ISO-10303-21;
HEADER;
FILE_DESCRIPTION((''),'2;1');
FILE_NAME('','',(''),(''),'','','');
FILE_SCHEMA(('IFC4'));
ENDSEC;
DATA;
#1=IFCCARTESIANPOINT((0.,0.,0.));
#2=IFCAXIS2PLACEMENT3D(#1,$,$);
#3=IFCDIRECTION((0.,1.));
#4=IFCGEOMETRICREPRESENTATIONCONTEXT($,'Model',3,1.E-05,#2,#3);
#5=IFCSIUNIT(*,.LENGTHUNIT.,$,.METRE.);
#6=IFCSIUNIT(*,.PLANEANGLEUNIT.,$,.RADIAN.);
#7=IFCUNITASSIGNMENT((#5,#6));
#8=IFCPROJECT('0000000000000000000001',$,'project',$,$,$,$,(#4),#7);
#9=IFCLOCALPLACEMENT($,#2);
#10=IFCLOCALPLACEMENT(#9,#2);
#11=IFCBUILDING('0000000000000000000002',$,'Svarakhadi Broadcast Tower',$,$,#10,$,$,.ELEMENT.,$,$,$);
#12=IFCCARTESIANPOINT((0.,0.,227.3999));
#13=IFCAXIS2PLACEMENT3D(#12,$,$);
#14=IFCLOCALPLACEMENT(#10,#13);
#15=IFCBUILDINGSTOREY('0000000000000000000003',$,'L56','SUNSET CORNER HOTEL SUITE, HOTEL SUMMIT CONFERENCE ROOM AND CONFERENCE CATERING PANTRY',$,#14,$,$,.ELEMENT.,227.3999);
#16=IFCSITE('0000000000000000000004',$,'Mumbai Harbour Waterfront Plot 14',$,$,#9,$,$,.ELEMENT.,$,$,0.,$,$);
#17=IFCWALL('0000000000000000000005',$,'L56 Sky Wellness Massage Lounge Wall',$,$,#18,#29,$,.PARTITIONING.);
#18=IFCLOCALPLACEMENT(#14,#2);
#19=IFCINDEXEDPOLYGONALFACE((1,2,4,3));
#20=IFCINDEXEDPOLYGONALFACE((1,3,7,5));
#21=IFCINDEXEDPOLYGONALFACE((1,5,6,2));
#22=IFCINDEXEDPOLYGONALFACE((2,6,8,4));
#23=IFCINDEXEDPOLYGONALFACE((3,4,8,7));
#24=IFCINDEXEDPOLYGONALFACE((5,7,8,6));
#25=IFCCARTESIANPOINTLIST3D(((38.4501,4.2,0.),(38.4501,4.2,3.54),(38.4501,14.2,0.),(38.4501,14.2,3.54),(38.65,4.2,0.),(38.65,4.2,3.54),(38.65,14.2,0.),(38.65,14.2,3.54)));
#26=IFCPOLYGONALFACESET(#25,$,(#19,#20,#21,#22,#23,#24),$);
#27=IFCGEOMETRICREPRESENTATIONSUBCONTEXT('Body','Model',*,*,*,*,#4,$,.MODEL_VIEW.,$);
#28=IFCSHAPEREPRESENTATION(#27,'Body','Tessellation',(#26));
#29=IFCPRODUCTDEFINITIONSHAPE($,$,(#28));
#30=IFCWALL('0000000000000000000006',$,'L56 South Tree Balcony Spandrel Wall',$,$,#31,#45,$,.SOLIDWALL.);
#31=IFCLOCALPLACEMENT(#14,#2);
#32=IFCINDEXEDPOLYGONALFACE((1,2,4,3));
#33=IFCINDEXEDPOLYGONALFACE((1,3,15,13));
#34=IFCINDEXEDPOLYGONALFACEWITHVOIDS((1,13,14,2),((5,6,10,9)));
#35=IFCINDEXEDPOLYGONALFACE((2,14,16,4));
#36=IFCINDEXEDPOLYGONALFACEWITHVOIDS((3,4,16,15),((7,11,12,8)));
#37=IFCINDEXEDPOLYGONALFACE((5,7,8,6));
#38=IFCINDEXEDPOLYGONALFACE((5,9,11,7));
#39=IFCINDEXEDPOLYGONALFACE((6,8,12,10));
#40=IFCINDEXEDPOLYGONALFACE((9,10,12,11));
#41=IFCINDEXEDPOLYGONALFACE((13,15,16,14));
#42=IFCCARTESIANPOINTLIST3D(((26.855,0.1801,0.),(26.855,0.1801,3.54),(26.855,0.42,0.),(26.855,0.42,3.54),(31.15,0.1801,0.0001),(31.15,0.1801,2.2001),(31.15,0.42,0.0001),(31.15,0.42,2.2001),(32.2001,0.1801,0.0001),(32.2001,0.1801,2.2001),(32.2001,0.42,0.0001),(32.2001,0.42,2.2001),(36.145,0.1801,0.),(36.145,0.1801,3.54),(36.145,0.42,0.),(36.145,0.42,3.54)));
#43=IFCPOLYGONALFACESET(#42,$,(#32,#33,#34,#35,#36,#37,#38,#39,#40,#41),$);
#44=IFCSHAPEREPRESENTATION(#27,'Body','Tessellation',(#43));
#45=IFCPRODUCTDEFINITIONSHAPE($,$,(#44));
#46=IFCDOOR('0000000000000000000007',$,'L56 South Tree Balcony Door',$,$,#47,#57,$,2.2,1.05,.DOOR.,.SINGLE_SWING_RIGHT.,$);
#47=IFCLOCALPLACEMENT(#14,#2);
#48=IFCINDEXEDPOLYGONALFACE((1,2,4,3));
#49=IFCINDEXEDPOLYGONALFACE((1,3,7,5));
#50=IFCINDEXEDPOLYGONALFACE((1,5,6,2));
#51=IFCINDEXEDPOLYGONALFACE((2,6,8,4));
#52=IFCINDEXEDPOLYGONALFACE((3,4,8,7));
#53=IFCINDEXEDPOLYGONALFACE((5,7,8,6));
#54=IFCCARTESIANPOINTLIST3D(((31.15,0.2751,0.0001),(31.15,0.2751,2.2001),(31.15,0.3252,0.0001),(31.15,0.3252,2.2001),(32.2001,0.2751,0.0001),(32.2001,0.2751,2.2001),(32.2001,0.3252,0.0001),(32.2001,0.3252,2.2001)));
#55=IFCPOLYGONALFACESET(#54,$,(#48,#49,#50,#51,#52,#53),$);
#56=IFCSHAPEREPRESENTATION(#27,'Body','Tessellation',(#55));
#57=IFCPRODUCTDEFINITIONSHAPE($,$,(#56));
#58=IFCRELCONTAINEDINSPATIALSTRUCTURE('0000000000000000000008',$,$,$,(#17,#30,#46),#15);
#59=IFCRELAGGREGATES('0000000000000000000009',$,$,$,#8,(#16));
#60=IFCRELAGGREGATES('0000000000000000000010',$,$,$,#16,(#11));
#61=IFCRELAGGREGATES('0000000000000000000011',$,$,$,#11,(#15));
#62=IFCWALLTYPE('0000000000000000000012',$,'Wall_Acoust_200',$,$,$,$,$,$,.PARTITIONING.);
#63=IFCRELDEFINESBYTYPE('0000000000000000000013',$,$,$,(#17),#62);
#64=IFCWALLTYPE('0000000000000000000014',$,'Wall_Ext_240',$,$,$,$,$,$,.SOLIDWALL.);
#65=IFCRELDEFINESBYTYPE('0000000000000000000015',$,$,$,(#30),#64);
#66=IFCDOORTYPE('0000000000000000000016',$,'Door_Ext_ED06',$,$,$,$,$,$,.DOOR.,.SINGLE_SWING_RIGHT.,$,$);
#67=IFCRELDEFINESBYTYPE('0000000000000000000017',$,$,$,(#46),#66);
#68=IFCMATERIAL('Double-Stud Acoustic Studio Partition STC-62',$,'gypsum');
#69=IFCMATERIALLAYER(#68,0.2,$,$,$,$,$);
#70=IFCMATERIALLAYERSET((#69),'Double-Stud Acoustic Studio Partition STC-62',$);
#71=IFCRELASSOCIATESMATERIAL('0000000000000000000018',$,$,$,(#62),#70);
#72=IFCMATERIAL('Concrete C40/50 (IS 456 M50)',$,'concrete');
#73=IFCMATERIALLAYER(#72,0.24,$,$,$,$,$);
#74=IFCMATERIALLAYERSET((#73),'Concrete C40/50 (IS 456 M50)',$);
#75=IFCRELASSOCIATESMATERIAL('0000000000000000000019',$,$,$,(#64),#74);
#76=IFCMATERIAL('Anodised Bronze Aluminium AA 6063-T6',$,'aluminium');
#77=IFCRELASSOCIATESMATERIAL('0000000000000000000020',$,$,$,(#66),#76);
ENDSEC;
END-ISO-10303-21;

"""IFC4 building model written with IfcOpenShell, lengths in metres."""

from ifc_helpers import new_model, si_unit, direction, frame, frame_2d, origin, place, context, subcontext, project, spatial, rectangle, extrude, material, layer, layer_set, type_object, element, fill, save


model = new_model("IFC4")

# Units and contexts
model_context = context("Model", 3, precision=1e-05, world=origin(), true_north=direction((0.0, 1.0)))
body_context = subcontext(model_context, "Body", "Model", "MODEL_VIEW")
ifc_project = project(units=[si_unit("LENGTHUNIT", "METRE"), si_unit("PLANEANGLEUNIT", "RADIAN")], contexts=[model_context])

# Site, building, storey
site_placement = place(None, origin())
site = spatial("IfcSite", under=ifc_project, at=site_placement, Name="Mumbai Harbour Waterfront Plot 14", CompositionType="ELEMENT", RefElevation=0.0)
building_placement = place(site_placement, origin())
building = spatial("IfcBuilding", under=site, at=building_placement, Name="Svarakhadi Broadcast Tower", CompositionType="ELEMENT")
storey_placement = place(building_placement, frame((0.0, 0.0, 227.3999)))
storey = spatial("IfcBuildingStorey", under=building, at=storey_placement, Name="L56", Description="SUNSET CORNER HOTEL SUITE, HOTEL SUMMIT CONFERENCE ROOM AND CONFERENCE CATERING PANTRY", CompositionType="ELEMENT", Elevation=227.3999)

# Shared definitions
ifc_material_1 = material(Name="Anodised Bronze Aluminium AA 6063-T6", Category="aluminium")

# Wall
ifc_material_2 = material(Name="Double-Stud Acoustic Studio Partition STC-62", Category="gypsum")
ifc_layer_1 = layer(ifc_material_2, 0.2)
ifc_layer_set_1 = layer_set([ifc_layer_1], Name="Double-Stud Acoustic Studio Partition STC-62")
wall_type_1 = type_object("IfcWallType", Name="Wall_Acoust_200", PredefinedType="PARTITIONING", material=ifc_layer_set_1)
wall_1_placement = place(storey_placement, frame((38.55, 4.2, 0.0), z_axis=(0.0, 0.0, 1.0), x_axis=(0.0, 1.0, 0.0)))
element("IfcWall", 1, at=wall_1_placement, inside=storey, type_object=wall_type_1, Name="L56 Sky Wellness Massage Lounge Wall", PredefinedType="PARTITIONING", context=body_context, shape_type="SweptSolid", body=[
    extrude(rectangle(XDim=10.0, YDim=0.2, at=frame_2d((5.0, 0.0))), origin(), (0.0, 0.0, 1.0), 3.54),
])

# Wall, opening, door
ifc_material_3 = material(Name="Concrete C40/50 (IS 456 M50)", Category="concrete")
ifc_layer_2 = layer(ifc_material_3, 0.24)
ifc_layer_set_2 = layer_set([ifc_layer_2], Name="Concrete C40/50 (IS 456 M50)")
wall_type_2 = type_object("IfcWallType", Name="Wall_Ext_240", PredefinedType="SOLIDWALL", material=ifc_layer_set_2)
wall_2_placement = place(storey_placement, frame((36.145, 0.3, 0.0), z_axis=(0.0, 0.0, 1.0), x_axis=(-1.0, 0.0, 0.0)))
wall_2 = element("IfcWall", 2, at=wall_2_placement, inside=storey, type_object=wall_type_2, Name="L56 South Tree Balcony Spandrel Wall", PredefinedType="SOLIDWALL", context=body_context, shape_type="SweptSolid", body=[
    extrude(rectangle(XDim=9.29, YDim=0.24, at=frame_2d((4.645, 0.0))), origin(), (0.0, 0.0, 1.0), 3.54),
])
opening_placement = place(wall_2_placement, frame((3.9451, 0.0, 0.0)))
opening = element("IfcOpeningElement", 3, at=opening_placement, cuts=wall_2, PredefinedType="OPENING", context=body_context, shape_type="SweptSolid", body=[
    extrude(rectangle(XDim=1.05, YDim=2.2, at=frame_2d((0.5249, 1.1001))), frame((0.0, 0.1299, 0.0), z_axis=(0.0, -1.0, 0.0), x_axis=(1.0, 0.0, 0.0)), (0.0, 0.0, 1.0), 0.26),
])
door_type = type_object("IfcDoorType", Name="Door_Ext_ED06", OperationType="SINGLE_SWING_RIGHT", PredefinedType="DOOR", material=ifc_material_1)
door_placement = place(opening_placement, origin())
door = element("IfcDoor", 4, at=door_placement, inside=storey, type_object=door_type, Name="L56 South Tree Balcony Door", OperationType="SINGLE_SWING_RIGHT", OverallHeight=2.2, OverallWidth=1.05, PredefinedType="DOOR", context=body_context, shape_type="SweptSolid", body=[
    extrude(rectangle(XDim=1.05, YDim=2.2, at=frame_2d((0.5249, 1.1001))), frame((0.0, 0.0249, 0.0), z_axis=(0.0, -1.0, 0.0), x_axis=(1.0, 0.0, 0.0)), (0.0, 0.0, 1.0), 0.05),
])
fill(opening, door)

save(model, "model.ifc")
